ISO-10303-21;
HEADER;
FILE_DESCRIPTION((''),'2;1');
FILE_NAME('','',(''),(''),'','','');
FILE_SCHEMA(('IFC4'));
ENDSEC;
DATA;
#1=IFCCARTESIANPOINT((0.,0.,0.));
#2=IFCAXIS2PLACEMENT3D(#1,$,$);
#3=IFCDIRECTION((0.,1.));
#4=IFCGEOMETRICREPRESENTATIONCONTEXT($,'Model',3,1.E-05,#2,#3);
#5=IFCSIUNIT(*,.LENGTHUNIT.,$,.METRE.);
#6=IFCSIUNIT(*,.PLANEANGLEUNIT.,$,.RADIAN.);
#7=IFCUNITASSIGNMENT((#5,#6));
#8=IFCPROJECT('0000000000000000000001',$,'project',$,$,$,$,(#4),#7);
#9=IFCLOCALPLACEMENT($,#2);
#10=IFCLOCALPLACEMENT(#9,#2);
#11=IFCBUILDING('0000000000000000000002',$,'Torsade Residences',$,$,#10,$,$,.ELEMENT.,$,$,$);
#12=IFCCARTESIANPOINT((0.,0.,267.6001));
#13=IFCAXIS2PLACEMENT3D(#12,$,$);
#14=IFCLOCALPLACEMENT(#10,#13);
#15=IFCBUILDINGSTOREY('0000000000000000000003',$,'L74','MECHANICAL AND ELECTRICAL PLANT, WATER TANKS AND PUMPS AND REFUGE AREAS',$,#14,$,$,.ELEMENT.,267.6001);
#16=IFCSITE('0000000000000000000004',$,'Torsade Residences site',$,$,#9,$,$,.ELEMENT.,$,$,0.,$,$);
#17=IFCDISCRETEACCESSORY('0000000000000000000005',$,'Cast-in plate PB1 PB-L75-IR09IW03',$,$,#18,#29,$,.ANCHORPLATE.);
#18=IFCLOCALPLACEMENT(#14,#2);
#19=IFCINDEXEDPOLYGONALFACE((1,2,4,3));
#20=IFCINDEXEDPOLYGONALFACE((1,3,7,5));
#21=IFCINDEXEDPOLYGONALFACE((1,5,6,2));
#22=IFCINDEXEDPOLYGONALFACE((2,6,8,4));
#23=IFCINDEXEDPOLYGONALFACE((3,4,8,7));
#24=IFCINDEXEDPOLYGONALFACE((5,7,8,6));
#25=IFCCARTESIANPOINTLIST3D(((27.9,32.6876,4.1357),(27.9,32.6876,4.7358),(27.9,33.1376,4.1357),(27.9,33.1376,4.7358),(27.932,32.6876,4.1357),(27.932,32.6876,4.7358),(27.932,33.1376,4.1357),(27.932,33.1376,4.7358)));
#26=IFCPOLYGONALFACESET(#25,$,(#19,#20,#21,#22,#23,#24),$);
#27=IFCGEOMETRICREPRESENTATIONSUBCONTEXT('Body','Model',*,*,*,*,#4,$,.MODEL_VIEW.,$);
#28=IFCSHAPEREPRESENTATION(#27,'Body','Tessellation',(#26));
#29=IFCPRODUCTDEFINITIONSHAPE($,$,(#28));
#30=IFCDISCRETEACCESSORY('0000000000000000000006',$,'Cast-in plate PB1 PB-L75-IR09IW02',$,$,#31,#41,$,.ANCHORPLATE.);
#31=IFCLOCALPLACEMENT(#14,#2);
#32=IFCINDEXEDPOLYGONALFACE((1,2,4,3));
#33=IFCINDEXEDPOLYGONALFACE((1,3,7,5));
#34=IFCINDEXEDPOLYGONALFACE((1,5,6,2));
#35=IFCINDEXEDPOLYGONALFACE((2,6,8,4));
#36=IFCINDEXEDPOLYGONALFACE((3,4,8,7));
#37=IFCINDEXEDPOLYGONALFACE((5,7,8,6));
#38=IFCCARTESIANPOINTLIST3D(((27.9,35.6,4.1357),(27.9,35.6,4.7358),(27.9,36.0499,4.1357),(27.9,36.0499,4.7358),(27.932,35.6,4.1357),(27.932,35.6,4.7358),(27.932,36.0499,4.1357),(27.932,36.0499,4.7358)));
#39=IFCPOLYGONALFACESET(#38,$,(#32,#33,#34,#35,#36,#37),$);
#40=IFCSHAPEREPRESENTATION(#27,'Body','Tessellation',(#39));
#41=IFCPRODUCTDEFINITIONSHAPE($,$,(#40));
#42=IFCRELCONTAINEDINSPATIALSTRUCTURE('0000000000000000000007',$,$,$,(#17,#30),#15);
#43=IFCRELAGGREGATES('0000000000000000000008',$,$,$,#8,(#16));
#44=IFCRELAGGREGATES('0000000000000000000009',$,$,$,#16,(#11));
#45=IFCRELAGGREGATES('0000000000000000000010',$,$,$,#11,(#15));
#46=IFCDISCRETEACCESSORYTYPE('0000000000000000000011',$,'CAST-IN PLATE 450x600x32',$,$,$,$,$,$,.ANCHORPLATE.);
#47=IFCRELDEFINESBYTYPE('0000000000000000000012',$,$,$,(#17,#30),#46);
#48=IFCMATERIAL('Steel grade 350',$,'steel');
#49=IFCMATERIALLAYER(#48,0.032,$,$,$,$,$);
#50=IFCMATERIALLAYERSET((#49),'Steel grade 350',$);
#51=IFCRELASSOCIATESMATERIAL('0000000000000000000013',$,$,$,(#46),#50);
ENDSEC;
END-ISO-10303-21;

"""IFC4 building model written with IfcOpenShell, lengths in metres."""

from ifc_helpers import new_model, si_unit, direction, frame, origin, origin_2d, place, context, subcontext, project, spatial, rectangle, extrude, material, layer, layer_set, type_object, element, save


model = new_model("IFC4")

# Units and contexts
model_context = context("Model", 3, precision=1e-05, world=origin(), true_north=direction((0.0, 1.0)))
body_context = subcontext(model_context, "Body", "Model", "MODEL_VIEW")
ifc_project = project(units=[si_unit("LENGTHUNIT", "METRE"), si_unit("PLANEANGLEUNIT", "RADIAN")], contexts=[model_context])

# Site, building, storey
site_placement = place(None, origin())
site = spatial("IfcSite", under=ifc_project, at=site_placement, Name="Torsade Residences site", CompositionType="ELEMENT", RefElevation=0.0)
building_placement = place(site_placement, origin())
building = spatial("IfcBuilding", under=site, at=building_placement, Name="Torsade Residences", CompositionType="ELEMENT")
storey_placement = place(building_placement, frame((0.0, 0.0, 267.6001)))
storey = spatial("IfcBuildingStorey", under=building, at=storey_placement, Name="L74", Description="MECHANICAL AND ELECTRICAL PLANT, WATER TANKS AND PUMPS AND REFUGE AREAS", CompositionType="ELEMENT", Elevation=267.6001)

# Discrete accessories
ifc_material_1 = material(Name="Steel grade 350", Category="steel")
ifc_layer_1 = layer(ifc_material_1, 0.032)
ifc_layer_set_1 = layer_set([ifc_layer_1], Name="Steel grade 350")
discrete_accessory_type = type_object("IfcDiscreteAccessoryType", Name="CAST-IN PLATE 450x600x32", PredefinedType="ANCHORPLATE", material=ifc_layer_set_1)
for number, where, z_axis, x_axis, name in (
    (1, (27.916, 32.9126, 4.1357), (0.0, 0.0, 1.0), (1.0, 0.0, 0.0), "Cast-in plate PB1 PB-L75-IR09IW03"),
    (2, (27.916, 35.825, 4.1357), (0.0, 0.0, 1.0), (1.0, 0.0, 0.0), "Cast-in plate PB1 PB-L75-IR09IW02"),
):
    element("IfcDiscreteAccessory", number, at=place(storey_placement, frame(where, z_axis=z_axis, x_axis=x_axis)), inside=storey, type_object=discrete_accessory_type, Name=name, PredefinedType="ANCHORPLATE", context=body_context, shape_type="SweptSolid", body=[
        extrude(rectangle(XDim=0.032, YDim=0.45, at=origin_2d()), origin(), (0.0, 0.0, 1.0), 0.6001),
    ])

save(model, "model.ifc")
